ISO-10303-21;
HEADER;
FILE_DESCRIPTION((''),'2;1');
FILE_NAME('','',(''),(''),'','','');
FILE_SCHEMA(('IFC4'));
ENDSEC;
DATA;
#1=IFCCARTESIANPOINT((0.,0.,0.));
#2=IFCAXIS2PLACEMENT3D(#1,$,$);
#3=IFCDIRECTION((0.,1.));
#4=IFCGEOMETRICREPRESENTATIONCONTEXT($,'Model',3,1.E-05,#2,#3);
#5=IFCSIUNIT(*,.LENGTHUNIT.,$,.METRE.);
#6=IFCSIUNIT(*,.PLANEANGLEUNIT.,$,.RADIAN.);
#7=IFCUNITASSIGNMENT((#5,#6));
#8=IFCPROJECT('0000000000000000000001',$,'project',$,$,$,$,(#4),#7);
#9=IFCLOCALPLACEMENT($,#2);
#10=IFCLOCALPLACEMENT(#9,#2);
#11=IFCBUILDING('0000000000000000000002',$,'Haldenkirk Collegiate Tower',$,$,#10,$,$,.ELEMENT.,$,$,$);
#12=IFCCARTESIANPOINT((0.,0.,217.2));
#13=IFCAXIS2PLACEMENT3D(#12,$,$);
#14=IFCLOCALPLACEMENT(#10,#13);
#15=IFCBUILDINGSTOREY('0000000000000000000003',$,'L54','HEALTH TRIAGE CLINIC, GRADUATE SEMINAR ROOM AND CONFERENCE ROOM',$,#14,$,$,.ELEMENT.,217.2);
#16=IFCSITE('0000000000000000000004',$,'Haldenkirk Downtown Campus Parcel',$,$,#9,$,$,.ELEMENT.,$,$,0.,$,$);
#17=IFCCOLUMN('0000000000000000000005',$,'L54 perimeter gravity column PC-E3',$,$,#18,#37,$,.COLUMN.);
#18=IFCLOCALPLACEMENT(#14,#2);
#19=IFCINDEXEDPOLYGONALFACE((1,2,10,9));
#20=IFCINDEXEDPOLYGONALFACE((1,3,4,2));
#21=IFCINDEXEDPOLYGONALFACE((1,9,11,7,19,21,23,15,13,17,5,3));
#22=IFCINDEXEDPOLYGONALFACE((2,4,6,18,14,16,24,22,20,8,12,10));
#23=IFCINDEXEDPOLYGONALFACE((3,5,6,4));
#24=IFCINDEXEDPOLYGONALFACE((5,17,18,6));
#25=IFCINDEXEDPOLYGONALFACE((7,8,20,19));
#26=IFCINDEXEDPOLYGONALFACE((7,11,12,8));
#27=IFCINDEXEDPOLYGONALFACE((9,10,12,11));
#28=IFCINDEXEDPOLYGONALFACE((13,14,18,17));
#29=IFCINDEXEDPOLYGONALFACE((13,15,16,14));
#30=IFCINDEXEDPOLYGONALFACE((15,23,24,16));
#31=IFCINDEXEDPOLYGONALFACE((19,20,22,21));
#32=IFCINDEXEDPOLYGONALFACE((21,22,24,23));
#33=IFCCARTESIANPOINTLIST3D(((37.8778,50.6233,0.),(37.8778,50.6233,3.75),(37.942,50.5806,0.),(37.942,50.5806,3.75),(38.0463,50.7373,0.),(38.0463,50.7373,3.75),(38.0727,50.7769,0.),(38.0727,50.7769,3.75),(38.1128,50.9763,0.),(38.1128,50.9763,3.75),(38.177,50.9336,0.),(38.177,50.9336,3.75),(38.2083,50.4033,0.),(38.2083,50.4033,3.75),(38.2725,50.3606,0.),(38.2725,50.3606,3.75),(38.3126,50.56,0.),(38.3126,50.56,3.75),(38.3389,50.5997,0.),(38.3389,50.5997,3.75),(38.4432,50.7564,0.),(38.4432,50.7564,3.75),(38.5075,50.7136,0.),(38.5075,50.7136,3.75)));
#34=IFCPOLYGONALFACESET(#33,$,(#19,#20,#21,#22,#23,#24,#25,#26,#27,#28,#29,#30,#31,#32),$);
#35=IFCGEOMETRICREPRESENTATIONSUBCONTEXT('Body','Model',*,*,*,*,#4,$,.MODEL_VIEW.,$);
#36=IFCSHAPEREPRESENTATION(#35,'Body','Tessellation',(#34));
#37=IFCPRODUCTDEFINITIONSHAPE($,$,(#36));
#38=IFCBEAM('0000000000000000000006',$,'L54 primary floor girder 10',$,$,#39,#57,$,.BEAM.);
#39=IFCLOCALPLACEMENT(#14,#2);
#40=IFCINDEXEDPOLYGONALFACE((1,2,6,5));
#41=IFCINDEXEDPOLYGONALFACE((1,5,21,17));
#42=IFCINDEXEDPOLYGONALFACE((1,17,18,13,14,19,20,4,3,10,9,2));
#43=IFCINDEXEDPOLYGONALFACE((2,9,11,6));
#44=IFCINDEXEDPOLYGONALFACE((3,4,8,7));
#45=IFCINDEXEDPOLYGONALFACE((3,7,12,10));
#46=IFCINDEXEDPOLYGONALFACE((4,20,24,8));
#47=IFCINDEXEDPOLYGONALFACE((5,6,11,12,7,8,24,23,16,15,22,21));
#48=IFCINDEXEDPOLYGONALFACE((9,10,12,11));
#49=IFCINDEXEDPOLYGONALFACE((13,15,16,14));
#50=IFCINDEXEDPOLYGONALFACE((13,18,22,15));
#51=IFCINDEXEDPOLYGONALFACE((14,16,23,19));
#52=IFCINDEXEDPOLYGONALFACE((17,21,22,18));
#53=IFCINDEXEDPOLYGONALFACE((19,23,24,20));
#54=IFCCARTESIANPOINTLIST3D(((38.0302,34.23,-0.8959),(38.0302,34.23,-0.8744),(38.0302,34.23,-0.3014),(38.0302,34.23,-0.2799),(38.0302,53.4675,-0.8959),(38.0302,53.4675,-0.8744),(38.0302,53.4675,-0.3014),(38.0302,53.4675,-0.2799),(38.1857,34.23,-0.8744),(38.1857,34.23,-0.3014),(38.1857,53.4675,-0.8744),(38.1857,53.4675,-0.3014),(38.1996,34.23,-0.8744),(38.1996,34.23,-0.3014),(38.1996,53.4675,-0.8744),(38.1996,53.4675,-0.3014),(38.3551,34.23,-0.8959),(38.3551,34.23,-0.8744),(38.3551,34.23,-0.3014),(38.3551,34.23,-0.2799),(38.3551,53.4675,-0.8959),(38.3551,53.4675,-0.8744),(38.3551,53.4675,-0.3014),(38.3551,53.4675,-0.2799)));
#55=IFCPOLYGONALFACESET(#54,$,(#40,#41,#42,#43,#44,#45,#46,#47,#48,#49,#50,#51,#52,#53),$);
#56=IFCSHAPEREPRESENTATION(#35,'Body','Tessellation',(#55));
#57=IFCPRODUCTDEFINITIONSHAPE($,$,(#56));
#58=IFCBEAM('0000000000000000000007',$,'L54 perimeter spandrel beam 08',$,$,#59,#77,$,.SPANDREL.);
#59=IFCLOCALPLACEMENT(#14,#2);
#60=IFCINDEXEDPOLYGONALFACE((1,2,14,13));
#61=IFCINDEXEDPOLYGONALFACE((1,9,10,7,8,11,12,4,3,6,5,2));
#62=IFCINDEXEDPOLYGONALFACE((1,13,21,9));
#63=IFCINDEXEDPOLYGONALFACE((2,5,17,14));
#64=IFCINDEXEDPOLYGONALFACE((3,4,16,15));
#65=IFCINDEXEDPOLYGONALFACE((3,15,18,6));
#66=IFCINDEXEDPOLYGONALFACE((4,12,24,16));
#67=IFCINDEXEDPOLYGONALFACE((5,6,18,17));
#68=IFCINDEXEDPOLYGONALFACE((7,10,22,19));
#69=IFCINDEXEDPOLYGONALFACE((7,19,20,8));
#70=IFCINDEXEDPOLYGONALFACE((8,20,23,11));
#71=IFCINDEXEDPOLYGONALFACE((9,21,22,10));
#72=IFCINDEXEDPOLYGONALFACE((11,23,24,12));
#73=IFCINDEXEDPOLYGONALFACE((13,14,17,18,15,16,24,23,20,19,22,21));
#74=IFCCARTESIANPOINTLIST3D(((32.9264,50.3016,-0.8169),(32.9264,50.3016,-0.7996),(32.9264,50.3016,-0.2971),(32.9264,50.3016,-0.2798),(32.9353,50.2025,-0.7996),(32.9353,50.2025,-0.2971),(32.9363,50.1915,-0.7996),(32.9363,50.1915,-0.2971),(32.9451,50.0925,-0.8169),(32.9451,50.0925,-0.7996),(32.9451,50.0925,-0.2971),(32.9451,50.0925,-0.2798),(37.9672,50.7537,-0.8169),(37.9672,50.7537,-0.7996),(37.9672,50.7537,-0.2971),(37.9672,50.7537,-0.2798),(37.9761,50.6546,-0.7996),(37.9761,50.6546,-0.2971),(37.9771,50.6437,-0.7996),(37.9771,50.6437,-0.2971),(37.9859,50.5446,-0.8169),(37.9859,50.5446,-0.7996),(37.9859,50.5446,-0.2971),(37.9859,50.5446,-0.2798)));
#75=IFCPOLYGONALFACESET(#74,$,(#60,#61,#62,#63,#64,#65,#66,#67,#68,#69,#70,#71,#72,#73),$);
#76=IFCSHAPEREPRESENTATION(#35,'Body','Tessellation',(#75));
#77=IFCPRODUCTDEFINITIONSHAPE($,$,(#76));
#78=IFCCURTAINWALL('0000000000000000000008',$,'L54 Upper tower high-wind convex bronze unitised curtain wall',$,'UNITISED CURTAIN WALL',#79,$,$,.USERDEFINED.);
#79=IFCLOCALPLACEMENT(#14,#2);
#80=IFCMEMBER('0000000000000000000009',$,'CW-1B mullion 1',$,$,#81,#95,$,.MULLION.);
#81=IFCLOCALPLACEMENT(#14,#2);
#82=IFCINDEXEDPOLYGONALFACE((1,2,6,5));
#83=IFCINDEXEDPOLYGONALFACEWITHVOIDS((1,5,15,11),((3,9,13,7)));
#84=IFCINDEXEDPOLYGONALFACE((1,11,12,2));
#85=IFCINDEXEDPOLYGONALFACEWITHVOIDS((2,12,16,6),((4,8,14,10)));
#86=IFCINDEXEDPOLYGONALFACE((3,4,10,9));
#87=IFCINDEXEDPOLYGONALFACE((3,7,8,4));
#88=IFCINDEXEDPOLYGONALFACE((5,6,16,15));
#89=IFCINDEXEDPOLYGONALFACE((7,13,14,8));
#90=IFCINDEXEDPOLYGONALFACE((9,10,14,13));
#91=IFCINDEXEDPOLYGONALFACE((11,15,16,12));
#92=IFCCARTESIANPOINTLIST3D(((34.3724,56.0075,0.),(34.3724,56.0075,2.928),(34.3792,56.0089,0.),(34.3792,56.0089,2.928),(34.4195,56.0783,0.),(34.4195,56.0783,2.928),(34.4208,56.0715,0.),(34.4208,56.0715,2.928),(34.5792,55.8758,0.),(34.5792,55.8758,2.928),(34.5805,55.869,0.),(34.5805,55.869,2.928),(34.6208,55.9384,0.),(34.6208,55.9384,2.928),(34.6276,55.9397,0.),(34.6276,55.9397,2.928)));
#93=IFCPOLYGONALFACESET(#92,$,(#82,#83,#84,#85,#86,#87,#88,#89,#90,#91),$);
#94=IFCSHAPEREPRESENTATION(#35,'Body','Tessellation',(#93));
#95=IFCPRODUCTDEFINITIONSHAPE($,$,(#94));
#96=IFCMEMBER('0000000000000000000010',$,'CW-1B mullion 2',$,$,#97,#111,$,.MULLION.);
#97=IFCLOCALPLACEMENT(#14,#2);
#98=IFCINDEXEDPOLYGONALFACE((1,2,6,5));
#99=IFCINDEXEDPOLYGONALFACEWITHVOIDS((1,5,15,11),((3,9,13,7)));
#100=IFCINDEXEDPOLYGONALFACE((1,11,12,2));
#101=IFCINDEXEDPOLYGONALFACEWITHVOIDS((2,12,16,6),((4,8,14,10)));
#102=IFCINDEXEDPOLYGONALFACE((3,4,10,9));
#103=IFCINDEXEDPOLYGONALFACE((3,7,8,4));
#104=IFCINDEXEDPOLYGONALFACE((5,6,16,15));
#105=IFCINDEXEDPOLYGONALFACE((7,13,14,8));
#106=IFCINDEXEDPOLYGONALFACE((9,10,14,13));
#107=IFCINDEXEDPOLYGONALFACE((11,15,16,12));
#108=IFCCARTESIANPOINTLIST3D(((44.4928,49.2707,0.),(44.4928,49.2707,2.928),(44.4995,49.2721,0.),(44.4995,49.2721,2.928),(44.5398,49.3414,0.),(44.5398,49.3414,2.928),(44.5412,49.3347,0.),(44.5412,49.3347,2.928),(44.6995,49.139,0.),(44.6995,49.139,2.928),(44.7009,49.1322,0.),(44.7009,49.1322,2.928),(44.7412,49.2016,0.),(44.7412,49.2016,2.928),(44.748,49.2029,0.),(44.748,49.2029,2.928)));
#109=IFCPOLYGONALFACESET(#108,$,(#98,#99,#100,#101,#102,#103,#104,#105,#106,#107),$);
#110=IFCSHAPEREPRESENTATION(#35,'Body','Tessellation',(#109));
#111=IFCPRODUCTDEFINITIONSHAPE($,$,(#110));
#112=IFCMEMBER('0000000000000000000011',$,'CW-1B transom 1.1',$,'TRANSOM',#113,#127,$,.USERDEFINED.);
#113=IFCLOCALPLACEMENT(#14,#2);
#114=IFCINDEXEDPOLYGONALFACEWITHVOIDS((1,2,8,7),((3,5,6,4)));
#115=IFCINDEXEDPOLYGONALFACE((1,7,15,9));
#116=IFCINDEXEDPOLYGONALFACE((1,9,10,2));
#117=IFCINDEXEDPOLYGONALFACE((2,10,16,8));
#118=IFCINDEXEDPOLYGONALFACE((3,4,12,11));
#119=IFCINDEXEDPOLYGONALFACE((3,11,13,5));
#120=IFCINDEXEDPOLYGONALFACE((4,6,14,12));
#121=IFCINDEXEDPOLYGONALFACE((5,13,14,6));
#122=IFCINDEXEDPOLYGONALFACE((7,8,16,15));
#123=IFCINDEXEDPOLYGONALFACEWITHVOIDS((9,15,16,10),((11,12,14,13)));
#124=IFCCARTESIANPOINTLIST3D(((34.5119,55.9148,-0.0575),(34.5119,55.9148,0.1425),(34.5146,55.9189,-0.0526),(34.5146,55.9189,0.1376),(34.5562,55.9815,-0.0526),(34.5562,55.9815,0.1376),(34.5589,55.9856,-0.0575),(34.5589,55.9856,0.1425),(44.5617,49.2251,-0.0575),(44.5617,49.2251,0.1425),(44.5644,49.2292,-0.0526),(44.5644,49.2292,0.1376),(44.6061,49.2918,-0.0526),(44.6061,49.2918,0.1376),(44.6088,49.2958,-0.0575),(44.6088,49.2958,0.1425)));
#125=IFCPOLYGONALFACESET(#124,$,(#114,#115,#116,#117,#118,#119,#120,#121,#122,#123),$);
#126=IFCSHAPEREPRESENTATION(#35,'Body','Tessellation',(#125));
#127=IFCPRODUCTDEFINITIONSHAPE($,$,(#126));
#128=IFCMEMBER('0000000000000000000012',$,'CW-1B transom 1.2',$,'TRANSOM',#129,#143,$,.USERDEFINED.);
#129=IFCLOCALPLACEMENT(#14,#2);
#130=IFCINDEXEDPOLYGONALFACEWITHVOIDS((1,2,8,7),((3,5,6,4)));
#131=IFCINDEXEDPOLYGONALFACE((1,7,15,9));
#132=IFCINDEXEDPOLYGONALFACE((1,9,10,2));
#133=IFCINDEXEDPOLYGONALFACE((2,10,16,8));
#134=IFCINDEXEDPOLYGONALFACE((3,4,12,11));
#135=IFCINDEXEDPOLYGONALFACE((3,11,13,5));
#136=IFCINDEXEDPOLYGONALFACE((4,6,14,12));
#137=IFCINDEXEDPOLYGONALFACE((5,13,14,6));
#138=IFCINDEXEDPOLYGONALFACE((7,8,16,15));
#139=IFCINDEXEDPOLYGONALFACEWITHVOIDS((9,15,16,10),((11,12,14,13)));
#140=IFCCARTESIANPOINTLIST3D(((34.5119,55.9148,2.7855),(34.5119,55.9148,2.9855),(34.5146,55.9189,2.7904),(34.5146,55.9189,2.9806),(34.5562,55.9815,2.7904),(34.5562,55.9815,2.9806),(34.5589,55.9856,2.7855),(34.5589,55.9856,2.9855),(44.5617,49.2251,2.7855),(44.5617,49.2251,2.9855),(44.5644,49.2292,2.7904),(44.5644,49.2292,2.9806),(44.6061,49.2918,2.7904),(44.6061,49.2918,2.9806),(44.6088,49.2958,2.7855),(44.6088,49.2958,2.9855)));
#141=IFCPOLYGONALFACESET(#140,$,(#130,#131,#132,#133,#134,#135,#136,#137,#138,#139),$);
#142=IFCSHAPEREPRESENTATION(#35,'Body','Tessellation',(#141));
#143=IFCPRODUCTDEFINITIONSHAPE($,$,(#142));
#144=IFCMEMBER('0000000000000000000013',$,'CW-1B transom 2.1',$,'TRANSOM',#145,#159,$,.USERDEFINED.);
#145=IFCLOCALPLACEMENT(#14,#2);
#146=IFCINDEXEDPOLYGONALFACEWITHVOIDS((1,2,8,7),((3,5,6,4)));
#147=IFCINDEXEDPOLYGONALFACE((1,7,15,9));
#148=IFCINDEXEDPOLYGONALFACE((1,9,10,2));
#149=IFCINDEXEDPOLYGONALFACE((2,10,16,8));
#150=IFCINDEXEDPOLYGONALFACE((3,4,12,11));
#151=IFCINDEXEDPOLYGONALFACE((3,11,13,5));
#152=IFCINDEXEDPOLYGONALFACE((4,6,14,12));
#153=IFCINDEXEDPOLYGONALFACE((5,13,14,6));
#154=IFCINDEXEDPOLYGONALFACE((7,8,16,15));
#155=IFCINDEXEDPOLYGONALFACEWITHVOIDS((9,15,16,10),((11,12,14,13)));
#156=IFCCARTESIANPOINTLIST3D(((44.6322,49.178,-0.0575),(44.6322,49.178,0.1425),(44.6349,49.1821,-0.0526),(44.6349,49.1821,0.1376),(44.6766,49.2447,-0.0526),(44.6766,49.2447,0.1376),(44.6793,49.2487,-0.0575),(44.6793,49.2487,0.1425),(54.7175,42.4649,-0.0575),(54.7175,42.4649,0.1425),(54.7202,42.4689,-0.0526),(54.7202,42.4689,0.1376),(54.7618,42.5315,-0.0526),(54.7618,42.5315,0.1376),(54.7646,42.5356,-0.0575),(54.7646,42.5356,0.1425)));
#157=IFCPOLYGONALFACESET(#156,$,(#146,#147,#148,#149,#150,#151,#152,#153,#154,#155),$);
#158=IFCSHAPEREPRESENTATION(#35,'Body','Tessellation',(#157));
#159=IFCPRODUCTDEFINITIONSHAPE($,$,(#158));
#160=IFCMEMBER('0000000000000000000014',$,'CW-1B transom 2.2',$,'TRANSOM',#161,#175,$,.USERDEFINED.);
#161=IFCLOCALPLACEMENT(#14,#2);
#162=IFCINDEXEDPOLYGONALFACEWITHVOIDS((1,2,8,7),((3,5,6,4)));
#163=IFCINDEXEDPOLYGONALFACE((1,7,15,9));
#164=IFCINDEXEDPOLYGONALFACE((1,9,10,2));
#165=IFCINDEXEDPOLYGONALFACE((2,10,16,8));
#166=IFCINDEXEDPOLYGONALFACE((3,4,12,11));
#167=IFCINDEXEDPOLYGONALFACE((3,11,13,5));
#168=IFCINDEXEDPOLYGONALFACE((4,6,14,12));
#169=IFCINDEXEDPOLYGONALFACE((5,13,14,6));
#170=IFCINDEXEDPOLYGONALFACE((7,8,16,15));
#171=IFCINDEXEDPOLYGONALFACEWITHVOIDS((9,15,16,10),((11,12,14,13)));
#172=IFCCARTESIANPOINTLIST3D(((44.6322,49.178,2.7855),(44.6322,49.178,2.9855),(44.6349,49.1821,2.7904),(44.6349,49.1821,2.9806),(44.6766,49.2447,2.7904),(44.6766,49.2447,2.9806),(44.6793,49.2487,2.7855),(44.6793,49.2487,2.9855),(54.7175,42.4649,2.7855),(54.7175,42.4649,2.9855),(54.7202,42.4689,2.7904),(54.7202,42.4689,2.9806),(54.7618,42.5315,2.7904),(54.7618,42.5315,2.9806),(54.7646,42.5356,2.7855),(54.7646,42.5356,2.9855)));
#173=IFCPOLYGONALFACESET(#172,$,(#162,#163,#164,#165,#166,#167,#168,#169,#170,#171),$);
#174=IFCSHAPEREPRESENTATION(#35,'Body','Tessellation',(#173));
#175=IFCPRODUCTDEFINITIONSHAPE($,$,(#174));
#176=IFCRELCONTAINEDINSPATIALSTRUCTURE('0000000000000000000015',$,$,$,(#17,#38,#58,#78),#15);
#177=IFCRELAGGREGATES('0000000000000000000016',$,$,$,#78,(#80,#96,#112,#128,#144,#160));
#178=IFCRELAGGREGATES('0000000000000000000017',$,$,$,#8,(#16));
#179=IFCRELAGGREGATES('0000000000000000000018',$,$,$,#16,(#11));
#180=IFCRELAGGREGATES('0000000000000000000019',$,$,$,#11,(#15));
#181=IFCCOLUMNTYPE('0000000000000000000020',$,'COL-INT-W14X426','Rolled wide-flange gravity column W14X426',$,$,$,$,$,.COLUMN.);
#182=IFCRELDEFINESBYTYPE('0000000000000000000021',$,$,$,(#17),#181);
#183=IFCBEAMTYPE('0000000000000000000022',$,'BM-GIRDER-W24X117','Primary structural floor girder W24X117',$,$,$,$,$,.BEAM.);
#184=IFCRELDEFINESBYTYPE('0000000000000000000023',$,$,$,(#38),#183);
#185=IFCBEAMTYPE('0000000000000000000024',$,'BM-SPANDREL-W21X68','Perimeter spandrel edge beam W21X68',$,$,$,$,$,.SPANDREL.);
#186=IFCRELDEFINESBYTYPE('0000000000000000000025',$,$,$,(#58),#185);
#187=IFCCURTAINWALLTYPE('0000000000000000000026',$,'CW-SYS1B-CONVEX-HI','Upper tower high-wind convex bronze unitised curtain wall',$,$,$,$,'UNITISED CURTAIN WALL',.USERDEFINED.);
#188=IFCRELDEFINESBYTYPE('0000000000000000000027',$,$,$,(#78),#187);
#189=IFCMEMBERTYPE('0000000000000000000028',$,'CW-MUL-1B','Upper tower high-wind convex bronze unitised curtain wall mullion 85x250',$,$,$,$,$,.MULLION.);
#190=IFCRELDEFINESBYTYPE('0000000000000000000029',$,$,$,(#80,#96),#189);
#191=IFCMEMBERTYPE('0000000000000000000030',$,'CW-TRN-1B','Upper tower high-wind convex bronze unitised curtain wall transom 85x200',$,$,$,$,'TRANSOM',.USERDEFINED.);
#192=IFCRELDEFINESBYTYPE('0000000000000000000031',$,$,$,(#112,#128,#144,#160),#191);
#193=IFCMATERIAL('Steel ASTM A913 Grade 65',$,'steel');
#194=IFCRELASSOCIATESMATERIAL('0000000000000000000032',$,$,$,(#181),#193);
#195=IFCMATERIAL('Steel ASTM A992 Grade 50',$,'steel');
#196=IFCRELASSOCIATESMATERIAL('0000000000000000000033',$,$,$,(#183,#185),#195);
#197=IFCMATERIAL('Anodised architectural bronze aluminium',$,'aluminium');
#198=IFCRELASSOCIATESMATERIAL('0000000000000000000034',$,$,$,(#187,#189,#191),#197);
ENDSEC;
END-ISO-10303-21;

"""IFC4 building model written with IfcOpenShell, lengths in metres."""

from ifc_helpers import new_model, si_unit, direction, frame, origin, origin_2d, place, context, subcontext, project, spatial, hollow_rectangle, i_section, extrude, material, material_profile, profile_set, type_object, element, aggregate, save


model = new_model("IFC4")

# Units and contexts
model_context = context("Model", 3, precision=1e-05, world=origin(), true_north=direction((0.0, 1.0)))
body_context = subcontext(model_context, "Body", "Model", "MODEL_VIEW")
ifc_project = project(units=[si_unit("LENGTHUNIT", "METRE"), si_unit("PLANEANGLEUNIT", "RADIAN")], contexts=[model_context])

# Site, building, storey
site_placement = place(None, origin())
site = spatial("IfcSite", under=ifc_project, at=site_placement, Name="Haldenkirk Downtown Campus Parcel", CompositionType="ELEMENT", RefElevation=0.0)
building_placement = place(site_placement, origin())
building = spatial("IfcBuilding", under=site, at=building_placement, Name="Haldenkirk Collegiate Tower", CompositionType="ELEMENT")
storey_placement = place(building_placement, frame((0.0, 0.0, 217.2)))
storey = spatial("IfcBuildingStorey", under=building, at=storey_placement, Name="L54", Description="HEALTH TRIAGE CLINIC, GRADUATE SEMINAR ROOM AND CONFERENCE ROOM", CompositionType="ELEMENT", Elevation=217.2)

# Column
ifc_material_1 = material(Name="Steel ASTM A913 Grade 65", Category="steel")
ifc_material_profile_1 = material_profile(ifc_material_1, i_section(OverallWidth=0.4241, OverallDepth=0.4741, WebThickness=0.0476, FlangeThickness=0.0771, at=origin_2d()), Name="W14X426")
ifc_profile_set_1 = profile_set([ifc_material_profile_1], Name="Steel ASTM A913 Grade 65")
column_type = type_object("IfcColumnType", Name="COL-INT-W14X426", Description="Rolled wide-flange gravity column W14X426", PredefinedType="COLUMN", material=ifc_profile_set_1)
column_placement = place(storey_placement, frame((38.1926, 50.6685, 0.0), z_axis=(0.0, 0.0, 1.0), x_axis=(0.554118, 0.832438, 0.0)))
element("IfcColumn", 1, at=column_placement, inside=storey, type_object=column_type, Name="L54 perimeter gravity column PC-E3", PredefinedType="COLUMN", context=body_context, shape_type="SweptSolid", body=[
    extrude(i_section(OverallWidth=0.4241, OverallDepth=0.4741, WebThickness=0.0476, FlangeThickness=0.0771, at=origin_2d()), origin(), (0.0, 0.0, 1.0), 3.75),
])

# Beams
ifc_material_2 = material(Name="Steel ASTM A992 Grade 50", Category="steel")
ifc_material_profile_2 = material_profile(ifc_material_2, i_section(OverallWidth=0.325, OverallDepth=0.616, WebThickness=0.0139, FlangeThickness=0.0215, at=origin_2d()), Name="W24X117")
ifc_profile_set_2 = profile_set([ifc_material_profile_2], Name="Steel ASTM A992 Grade 50")
beam_type_1 = type_object("IfcBeamType", Name="BM-GIRDER-W24X117", Description="Primary structural floor girder W24X117", PredefinedType="BEAM", material=ifc_profile_set_2)
beam_1_placement = place(storey_placement, frame((38.1926, 53.4675, -0.5879), z_axis=(0.0, -1.0, 0.0), x_axis=(1.0, 0.0, 0.0)))
element("IfcBeam", 2, at=beam_1_placement, inside=storey, type_object=beam_type_1, Name="L54 primary floor girder 10", PredefinedType="BEAM", context=body_context, shape_type="SweptSolid", body=[
    extrude(i_section(OverallWidth=0.325, OverallDepth=0.616, WebThickness=0.0139, FlangeThickness=0.0215, at=origin_2d()), origin(), (0.0, 0.0, 1.0), 19.2375),
])
ifc_material_profile_3 = material_profile(ifc_material_2, i_section(OverallWidth=0.21, OverallDepth=0.5371, WebThickness=0.011, FlangeThickness=0.0173, at=origin_2d()), Name="W21X68")
ifc_profile_set_3 = profile_set([ifc_material_profile_3], Name="Steel ASTM A992 Grade 50")
beam_type_2 = type_object("IfcBeamType", Name="BM-SPANDREL-W21X68", Description="Perimeter spandrel edge beam W21X68", PredefinedType="SPANDREL", material=ifc_profile_set_3)
beam_2_placement = place(storey_placement, frame((37.9766, 50.6492, -0.5483), z_axis=(-0.996001, -0.08934, 0.0), x_axis=(0.08934, -0.996001, 0.0)))
element("IfcBeam", 3, at=beam_2_placement, inside=storey, type_object=beam_type_2, Name="L54 perimeter spandrel beam 08", PredefinedType="SPANDREL", context=body_context, shape_type="SweptSolid", body=[
    extrude(i_section(OverallWidth=0.21, OverallDepth=0.5371, WebThickness=0.011, FlangeThickness=0.0173, at=origin_2d()), origin(), (0.0, 0.0, 1.0), 5.061),
])

# Curtain wall, members
ifc_material_3 = material(Name="Anodised architectural bronze aluminium", Category="aluminium")
curtain_wall_type = type_object("IfcCurtainWallType", Name="CW-SYS1B-CONVEX-HI", Description="Upper tower high-wind convex bronze unitised curtain wall", ElementType="UNITISED CURTAIN WALL", PredefinedType="USERDEFINED", material=ifc_material_3)
curtain_wall_placement = place(storey_placement, origin())
curtain_wall = element("IfcCurtainWall", 4, at=curtain_wall_placement, inside=storey, type_object=curtain_wall_type, Name="L54 Upper tower high-wind convex bronze unitised curtain wall", ObjectType="UNITISED CURTAIN WALL", PredefinedType="USERDEFINED")
ifc_material_profile_4 = material_profile(ifc_material_3, hollow_rectangle(XDim=0.085, YDim=0.25, WallThickness=0.0049, at=origin_2d()), Name="CW-MUL-1B")
ifc_profile_set_4 = profile_set([ifc_material_profile_4], Name="Anodised architectural bronze aluminium")
member_type_1 = type_object("IfcMemberType", Name="CW-MUL-1B", Description="Upper tower high-wind convex bronze unitised curtain wall mullion 85x250", PredefinedType="MULLION", material=ifc_profile_set_4)
member_1_placement = place(storey_placement, frame((34.5, 55.9736, 0.0), z_axis=(0.0, 0.0, 1.0), x_axis=(0.554119, 0.832438, 0.0)))
member_1 = element("IfcMember", 5, at=member_1_placement, type_object=member_type_1, Name="CW-1B mullion 1", PredefinedType="MULLION", context=body_context, shape_type="SweptSolid", body=[
    extrude(hollow_rectangle(XDim=0.085, YDim=0.25, WallThickness=0.0049, at=origin_2d()), origin(), (0.0, 0.0, 1.0), 2.928),
])
member_2_placement = place(storey_placement, frame((44.6204, 49.2368, 0.0), z_axis=(0.0, 0.0, 1.0), x_axis=(0.554119, 0.832438, 0.0)))
member_2 = element("IfcMember", 6, at=member_2_placement, type_object=member_type_1, Name="CW-1B mullion 2", PredefinedType="MULLION", context=body_context, shape_type="SweptSolid", body=[
    extrude(hollow_rectangle(XDim=0.085, YDim=0.25, WallThickness=0.0049, at=origin_2d()), origin(), (0.0, 0.0, 1.0), 2.928),
])
ifc_material_profile_5 = material_profile(ifc_material_3, hollow_rectangle(XDim=0.085, YDim=0.2, WallThickness=0.0049, at=origin_2d()), Name="CW-TRN-1B")
ifc_profile_set_5 = profile_set([ifc_material_profile_5], Name="Anodised architectural bronze aluminium")
member_type_2 = type_object("IfcMemberType", Name="CW-TRN-1B", Description="Upper tower high-wind convex bronze unitised curtain wall transom 85x200", ElementType="TRANSOM", PredefinedType="USERDEFINED", material=ifc_profile_set_5)
member_3_placement = place(storey_placement, frame((34.5354, 55.9502, 0.0425), z_axis=(0.832439, -0.554117, 0.0), x_axis=(0.554117, 0.832439, 0.0)))
member_3 = element("IfcMember", 7, at=member_3_placement, type_object=member_type_2, Name="CW-1B transom 1.1", ObjectType="TRANSOM", PredefinedType="USERDEFINED", context=body_context, shape_type="SweptSolid", body=[
    extrude(hollow_rectangle(XDim=0.085, YDim=0.2, WallThickness=0.0049, at=origin_2d()), origin(), (0.0, 0.0, 1.0), 12.0728),
])
member_4_placement = place(storey_placement, frame((34.5354, 55.9502, 2.8855), z_axis=(0.832439, -0.554117, 0.0), x_axis=(0.554117, 0.832439, 0.0)))
member_4 = element("IfcMember", 8, at=member_4_placement, type_object=member_type_2, Name="CW-1B transom 1.2", ObjectType="TRANSOM", PredefinedType="USERDEFINED", context=body_context, shape_type="SweptSolid", body=[
    extrude(hollow_rectangle(XDim=0.085, YDim=0.2, WallThickness=0.0049, at=origin_2d()), origin(), (0.0, 0.0, 1.0), 12.0728),
])
member_5_placement = place(storey_placement, frame((44.6558, 49.2134, 0.0425), z_axis=(0.832444, -0.554109, 0.0), x_axis=(0.554109, 0.832444, 0.0)))
member_5 = element("IfcMember", 9, at=member_5_placement, type_object=member_type_2, Name="CW-1B transom 2.1", ObjectType="TRANSOM", PredefinedType="USERDEFINED", context=body_context, shape_type="SweptSolid", body=[
    extrude(hollow_rectangle(XDim=0.085, YDim=0.2, WallThickness=0.0049, at=origin_2d()), origin(), (0.0, 0.0, 1.0), 12.1152),
])
member_6_placement = place(storey_placement, frame((44.6558, 49.2134, 2.8855), z_axis=(0.832444, -0.554109, 0.0), x_axis=(0.554109, 0.832444, 0.0)))
member_6 = element("IfcMember", 10, at=member_6_placement, type_object=member_type_2, Name="CW-1B transom 2.2", ObjectType="TRANSOM", PredefinedType="USERDEFINED", context=body_context, shape_type="SweptSolid", body=[
    extrude(hollow_rectangle(XDim=0.085, YDim=0.2, WallThickness=0.0049, at=origin_2d()), origin(), (0.0, 0.0, 1.0), 12.1152),
])

aggregate(curtain_wall, [member_1, member_2, member_3, member_4, member_5, member_6])

save(model, "model.ifc")
